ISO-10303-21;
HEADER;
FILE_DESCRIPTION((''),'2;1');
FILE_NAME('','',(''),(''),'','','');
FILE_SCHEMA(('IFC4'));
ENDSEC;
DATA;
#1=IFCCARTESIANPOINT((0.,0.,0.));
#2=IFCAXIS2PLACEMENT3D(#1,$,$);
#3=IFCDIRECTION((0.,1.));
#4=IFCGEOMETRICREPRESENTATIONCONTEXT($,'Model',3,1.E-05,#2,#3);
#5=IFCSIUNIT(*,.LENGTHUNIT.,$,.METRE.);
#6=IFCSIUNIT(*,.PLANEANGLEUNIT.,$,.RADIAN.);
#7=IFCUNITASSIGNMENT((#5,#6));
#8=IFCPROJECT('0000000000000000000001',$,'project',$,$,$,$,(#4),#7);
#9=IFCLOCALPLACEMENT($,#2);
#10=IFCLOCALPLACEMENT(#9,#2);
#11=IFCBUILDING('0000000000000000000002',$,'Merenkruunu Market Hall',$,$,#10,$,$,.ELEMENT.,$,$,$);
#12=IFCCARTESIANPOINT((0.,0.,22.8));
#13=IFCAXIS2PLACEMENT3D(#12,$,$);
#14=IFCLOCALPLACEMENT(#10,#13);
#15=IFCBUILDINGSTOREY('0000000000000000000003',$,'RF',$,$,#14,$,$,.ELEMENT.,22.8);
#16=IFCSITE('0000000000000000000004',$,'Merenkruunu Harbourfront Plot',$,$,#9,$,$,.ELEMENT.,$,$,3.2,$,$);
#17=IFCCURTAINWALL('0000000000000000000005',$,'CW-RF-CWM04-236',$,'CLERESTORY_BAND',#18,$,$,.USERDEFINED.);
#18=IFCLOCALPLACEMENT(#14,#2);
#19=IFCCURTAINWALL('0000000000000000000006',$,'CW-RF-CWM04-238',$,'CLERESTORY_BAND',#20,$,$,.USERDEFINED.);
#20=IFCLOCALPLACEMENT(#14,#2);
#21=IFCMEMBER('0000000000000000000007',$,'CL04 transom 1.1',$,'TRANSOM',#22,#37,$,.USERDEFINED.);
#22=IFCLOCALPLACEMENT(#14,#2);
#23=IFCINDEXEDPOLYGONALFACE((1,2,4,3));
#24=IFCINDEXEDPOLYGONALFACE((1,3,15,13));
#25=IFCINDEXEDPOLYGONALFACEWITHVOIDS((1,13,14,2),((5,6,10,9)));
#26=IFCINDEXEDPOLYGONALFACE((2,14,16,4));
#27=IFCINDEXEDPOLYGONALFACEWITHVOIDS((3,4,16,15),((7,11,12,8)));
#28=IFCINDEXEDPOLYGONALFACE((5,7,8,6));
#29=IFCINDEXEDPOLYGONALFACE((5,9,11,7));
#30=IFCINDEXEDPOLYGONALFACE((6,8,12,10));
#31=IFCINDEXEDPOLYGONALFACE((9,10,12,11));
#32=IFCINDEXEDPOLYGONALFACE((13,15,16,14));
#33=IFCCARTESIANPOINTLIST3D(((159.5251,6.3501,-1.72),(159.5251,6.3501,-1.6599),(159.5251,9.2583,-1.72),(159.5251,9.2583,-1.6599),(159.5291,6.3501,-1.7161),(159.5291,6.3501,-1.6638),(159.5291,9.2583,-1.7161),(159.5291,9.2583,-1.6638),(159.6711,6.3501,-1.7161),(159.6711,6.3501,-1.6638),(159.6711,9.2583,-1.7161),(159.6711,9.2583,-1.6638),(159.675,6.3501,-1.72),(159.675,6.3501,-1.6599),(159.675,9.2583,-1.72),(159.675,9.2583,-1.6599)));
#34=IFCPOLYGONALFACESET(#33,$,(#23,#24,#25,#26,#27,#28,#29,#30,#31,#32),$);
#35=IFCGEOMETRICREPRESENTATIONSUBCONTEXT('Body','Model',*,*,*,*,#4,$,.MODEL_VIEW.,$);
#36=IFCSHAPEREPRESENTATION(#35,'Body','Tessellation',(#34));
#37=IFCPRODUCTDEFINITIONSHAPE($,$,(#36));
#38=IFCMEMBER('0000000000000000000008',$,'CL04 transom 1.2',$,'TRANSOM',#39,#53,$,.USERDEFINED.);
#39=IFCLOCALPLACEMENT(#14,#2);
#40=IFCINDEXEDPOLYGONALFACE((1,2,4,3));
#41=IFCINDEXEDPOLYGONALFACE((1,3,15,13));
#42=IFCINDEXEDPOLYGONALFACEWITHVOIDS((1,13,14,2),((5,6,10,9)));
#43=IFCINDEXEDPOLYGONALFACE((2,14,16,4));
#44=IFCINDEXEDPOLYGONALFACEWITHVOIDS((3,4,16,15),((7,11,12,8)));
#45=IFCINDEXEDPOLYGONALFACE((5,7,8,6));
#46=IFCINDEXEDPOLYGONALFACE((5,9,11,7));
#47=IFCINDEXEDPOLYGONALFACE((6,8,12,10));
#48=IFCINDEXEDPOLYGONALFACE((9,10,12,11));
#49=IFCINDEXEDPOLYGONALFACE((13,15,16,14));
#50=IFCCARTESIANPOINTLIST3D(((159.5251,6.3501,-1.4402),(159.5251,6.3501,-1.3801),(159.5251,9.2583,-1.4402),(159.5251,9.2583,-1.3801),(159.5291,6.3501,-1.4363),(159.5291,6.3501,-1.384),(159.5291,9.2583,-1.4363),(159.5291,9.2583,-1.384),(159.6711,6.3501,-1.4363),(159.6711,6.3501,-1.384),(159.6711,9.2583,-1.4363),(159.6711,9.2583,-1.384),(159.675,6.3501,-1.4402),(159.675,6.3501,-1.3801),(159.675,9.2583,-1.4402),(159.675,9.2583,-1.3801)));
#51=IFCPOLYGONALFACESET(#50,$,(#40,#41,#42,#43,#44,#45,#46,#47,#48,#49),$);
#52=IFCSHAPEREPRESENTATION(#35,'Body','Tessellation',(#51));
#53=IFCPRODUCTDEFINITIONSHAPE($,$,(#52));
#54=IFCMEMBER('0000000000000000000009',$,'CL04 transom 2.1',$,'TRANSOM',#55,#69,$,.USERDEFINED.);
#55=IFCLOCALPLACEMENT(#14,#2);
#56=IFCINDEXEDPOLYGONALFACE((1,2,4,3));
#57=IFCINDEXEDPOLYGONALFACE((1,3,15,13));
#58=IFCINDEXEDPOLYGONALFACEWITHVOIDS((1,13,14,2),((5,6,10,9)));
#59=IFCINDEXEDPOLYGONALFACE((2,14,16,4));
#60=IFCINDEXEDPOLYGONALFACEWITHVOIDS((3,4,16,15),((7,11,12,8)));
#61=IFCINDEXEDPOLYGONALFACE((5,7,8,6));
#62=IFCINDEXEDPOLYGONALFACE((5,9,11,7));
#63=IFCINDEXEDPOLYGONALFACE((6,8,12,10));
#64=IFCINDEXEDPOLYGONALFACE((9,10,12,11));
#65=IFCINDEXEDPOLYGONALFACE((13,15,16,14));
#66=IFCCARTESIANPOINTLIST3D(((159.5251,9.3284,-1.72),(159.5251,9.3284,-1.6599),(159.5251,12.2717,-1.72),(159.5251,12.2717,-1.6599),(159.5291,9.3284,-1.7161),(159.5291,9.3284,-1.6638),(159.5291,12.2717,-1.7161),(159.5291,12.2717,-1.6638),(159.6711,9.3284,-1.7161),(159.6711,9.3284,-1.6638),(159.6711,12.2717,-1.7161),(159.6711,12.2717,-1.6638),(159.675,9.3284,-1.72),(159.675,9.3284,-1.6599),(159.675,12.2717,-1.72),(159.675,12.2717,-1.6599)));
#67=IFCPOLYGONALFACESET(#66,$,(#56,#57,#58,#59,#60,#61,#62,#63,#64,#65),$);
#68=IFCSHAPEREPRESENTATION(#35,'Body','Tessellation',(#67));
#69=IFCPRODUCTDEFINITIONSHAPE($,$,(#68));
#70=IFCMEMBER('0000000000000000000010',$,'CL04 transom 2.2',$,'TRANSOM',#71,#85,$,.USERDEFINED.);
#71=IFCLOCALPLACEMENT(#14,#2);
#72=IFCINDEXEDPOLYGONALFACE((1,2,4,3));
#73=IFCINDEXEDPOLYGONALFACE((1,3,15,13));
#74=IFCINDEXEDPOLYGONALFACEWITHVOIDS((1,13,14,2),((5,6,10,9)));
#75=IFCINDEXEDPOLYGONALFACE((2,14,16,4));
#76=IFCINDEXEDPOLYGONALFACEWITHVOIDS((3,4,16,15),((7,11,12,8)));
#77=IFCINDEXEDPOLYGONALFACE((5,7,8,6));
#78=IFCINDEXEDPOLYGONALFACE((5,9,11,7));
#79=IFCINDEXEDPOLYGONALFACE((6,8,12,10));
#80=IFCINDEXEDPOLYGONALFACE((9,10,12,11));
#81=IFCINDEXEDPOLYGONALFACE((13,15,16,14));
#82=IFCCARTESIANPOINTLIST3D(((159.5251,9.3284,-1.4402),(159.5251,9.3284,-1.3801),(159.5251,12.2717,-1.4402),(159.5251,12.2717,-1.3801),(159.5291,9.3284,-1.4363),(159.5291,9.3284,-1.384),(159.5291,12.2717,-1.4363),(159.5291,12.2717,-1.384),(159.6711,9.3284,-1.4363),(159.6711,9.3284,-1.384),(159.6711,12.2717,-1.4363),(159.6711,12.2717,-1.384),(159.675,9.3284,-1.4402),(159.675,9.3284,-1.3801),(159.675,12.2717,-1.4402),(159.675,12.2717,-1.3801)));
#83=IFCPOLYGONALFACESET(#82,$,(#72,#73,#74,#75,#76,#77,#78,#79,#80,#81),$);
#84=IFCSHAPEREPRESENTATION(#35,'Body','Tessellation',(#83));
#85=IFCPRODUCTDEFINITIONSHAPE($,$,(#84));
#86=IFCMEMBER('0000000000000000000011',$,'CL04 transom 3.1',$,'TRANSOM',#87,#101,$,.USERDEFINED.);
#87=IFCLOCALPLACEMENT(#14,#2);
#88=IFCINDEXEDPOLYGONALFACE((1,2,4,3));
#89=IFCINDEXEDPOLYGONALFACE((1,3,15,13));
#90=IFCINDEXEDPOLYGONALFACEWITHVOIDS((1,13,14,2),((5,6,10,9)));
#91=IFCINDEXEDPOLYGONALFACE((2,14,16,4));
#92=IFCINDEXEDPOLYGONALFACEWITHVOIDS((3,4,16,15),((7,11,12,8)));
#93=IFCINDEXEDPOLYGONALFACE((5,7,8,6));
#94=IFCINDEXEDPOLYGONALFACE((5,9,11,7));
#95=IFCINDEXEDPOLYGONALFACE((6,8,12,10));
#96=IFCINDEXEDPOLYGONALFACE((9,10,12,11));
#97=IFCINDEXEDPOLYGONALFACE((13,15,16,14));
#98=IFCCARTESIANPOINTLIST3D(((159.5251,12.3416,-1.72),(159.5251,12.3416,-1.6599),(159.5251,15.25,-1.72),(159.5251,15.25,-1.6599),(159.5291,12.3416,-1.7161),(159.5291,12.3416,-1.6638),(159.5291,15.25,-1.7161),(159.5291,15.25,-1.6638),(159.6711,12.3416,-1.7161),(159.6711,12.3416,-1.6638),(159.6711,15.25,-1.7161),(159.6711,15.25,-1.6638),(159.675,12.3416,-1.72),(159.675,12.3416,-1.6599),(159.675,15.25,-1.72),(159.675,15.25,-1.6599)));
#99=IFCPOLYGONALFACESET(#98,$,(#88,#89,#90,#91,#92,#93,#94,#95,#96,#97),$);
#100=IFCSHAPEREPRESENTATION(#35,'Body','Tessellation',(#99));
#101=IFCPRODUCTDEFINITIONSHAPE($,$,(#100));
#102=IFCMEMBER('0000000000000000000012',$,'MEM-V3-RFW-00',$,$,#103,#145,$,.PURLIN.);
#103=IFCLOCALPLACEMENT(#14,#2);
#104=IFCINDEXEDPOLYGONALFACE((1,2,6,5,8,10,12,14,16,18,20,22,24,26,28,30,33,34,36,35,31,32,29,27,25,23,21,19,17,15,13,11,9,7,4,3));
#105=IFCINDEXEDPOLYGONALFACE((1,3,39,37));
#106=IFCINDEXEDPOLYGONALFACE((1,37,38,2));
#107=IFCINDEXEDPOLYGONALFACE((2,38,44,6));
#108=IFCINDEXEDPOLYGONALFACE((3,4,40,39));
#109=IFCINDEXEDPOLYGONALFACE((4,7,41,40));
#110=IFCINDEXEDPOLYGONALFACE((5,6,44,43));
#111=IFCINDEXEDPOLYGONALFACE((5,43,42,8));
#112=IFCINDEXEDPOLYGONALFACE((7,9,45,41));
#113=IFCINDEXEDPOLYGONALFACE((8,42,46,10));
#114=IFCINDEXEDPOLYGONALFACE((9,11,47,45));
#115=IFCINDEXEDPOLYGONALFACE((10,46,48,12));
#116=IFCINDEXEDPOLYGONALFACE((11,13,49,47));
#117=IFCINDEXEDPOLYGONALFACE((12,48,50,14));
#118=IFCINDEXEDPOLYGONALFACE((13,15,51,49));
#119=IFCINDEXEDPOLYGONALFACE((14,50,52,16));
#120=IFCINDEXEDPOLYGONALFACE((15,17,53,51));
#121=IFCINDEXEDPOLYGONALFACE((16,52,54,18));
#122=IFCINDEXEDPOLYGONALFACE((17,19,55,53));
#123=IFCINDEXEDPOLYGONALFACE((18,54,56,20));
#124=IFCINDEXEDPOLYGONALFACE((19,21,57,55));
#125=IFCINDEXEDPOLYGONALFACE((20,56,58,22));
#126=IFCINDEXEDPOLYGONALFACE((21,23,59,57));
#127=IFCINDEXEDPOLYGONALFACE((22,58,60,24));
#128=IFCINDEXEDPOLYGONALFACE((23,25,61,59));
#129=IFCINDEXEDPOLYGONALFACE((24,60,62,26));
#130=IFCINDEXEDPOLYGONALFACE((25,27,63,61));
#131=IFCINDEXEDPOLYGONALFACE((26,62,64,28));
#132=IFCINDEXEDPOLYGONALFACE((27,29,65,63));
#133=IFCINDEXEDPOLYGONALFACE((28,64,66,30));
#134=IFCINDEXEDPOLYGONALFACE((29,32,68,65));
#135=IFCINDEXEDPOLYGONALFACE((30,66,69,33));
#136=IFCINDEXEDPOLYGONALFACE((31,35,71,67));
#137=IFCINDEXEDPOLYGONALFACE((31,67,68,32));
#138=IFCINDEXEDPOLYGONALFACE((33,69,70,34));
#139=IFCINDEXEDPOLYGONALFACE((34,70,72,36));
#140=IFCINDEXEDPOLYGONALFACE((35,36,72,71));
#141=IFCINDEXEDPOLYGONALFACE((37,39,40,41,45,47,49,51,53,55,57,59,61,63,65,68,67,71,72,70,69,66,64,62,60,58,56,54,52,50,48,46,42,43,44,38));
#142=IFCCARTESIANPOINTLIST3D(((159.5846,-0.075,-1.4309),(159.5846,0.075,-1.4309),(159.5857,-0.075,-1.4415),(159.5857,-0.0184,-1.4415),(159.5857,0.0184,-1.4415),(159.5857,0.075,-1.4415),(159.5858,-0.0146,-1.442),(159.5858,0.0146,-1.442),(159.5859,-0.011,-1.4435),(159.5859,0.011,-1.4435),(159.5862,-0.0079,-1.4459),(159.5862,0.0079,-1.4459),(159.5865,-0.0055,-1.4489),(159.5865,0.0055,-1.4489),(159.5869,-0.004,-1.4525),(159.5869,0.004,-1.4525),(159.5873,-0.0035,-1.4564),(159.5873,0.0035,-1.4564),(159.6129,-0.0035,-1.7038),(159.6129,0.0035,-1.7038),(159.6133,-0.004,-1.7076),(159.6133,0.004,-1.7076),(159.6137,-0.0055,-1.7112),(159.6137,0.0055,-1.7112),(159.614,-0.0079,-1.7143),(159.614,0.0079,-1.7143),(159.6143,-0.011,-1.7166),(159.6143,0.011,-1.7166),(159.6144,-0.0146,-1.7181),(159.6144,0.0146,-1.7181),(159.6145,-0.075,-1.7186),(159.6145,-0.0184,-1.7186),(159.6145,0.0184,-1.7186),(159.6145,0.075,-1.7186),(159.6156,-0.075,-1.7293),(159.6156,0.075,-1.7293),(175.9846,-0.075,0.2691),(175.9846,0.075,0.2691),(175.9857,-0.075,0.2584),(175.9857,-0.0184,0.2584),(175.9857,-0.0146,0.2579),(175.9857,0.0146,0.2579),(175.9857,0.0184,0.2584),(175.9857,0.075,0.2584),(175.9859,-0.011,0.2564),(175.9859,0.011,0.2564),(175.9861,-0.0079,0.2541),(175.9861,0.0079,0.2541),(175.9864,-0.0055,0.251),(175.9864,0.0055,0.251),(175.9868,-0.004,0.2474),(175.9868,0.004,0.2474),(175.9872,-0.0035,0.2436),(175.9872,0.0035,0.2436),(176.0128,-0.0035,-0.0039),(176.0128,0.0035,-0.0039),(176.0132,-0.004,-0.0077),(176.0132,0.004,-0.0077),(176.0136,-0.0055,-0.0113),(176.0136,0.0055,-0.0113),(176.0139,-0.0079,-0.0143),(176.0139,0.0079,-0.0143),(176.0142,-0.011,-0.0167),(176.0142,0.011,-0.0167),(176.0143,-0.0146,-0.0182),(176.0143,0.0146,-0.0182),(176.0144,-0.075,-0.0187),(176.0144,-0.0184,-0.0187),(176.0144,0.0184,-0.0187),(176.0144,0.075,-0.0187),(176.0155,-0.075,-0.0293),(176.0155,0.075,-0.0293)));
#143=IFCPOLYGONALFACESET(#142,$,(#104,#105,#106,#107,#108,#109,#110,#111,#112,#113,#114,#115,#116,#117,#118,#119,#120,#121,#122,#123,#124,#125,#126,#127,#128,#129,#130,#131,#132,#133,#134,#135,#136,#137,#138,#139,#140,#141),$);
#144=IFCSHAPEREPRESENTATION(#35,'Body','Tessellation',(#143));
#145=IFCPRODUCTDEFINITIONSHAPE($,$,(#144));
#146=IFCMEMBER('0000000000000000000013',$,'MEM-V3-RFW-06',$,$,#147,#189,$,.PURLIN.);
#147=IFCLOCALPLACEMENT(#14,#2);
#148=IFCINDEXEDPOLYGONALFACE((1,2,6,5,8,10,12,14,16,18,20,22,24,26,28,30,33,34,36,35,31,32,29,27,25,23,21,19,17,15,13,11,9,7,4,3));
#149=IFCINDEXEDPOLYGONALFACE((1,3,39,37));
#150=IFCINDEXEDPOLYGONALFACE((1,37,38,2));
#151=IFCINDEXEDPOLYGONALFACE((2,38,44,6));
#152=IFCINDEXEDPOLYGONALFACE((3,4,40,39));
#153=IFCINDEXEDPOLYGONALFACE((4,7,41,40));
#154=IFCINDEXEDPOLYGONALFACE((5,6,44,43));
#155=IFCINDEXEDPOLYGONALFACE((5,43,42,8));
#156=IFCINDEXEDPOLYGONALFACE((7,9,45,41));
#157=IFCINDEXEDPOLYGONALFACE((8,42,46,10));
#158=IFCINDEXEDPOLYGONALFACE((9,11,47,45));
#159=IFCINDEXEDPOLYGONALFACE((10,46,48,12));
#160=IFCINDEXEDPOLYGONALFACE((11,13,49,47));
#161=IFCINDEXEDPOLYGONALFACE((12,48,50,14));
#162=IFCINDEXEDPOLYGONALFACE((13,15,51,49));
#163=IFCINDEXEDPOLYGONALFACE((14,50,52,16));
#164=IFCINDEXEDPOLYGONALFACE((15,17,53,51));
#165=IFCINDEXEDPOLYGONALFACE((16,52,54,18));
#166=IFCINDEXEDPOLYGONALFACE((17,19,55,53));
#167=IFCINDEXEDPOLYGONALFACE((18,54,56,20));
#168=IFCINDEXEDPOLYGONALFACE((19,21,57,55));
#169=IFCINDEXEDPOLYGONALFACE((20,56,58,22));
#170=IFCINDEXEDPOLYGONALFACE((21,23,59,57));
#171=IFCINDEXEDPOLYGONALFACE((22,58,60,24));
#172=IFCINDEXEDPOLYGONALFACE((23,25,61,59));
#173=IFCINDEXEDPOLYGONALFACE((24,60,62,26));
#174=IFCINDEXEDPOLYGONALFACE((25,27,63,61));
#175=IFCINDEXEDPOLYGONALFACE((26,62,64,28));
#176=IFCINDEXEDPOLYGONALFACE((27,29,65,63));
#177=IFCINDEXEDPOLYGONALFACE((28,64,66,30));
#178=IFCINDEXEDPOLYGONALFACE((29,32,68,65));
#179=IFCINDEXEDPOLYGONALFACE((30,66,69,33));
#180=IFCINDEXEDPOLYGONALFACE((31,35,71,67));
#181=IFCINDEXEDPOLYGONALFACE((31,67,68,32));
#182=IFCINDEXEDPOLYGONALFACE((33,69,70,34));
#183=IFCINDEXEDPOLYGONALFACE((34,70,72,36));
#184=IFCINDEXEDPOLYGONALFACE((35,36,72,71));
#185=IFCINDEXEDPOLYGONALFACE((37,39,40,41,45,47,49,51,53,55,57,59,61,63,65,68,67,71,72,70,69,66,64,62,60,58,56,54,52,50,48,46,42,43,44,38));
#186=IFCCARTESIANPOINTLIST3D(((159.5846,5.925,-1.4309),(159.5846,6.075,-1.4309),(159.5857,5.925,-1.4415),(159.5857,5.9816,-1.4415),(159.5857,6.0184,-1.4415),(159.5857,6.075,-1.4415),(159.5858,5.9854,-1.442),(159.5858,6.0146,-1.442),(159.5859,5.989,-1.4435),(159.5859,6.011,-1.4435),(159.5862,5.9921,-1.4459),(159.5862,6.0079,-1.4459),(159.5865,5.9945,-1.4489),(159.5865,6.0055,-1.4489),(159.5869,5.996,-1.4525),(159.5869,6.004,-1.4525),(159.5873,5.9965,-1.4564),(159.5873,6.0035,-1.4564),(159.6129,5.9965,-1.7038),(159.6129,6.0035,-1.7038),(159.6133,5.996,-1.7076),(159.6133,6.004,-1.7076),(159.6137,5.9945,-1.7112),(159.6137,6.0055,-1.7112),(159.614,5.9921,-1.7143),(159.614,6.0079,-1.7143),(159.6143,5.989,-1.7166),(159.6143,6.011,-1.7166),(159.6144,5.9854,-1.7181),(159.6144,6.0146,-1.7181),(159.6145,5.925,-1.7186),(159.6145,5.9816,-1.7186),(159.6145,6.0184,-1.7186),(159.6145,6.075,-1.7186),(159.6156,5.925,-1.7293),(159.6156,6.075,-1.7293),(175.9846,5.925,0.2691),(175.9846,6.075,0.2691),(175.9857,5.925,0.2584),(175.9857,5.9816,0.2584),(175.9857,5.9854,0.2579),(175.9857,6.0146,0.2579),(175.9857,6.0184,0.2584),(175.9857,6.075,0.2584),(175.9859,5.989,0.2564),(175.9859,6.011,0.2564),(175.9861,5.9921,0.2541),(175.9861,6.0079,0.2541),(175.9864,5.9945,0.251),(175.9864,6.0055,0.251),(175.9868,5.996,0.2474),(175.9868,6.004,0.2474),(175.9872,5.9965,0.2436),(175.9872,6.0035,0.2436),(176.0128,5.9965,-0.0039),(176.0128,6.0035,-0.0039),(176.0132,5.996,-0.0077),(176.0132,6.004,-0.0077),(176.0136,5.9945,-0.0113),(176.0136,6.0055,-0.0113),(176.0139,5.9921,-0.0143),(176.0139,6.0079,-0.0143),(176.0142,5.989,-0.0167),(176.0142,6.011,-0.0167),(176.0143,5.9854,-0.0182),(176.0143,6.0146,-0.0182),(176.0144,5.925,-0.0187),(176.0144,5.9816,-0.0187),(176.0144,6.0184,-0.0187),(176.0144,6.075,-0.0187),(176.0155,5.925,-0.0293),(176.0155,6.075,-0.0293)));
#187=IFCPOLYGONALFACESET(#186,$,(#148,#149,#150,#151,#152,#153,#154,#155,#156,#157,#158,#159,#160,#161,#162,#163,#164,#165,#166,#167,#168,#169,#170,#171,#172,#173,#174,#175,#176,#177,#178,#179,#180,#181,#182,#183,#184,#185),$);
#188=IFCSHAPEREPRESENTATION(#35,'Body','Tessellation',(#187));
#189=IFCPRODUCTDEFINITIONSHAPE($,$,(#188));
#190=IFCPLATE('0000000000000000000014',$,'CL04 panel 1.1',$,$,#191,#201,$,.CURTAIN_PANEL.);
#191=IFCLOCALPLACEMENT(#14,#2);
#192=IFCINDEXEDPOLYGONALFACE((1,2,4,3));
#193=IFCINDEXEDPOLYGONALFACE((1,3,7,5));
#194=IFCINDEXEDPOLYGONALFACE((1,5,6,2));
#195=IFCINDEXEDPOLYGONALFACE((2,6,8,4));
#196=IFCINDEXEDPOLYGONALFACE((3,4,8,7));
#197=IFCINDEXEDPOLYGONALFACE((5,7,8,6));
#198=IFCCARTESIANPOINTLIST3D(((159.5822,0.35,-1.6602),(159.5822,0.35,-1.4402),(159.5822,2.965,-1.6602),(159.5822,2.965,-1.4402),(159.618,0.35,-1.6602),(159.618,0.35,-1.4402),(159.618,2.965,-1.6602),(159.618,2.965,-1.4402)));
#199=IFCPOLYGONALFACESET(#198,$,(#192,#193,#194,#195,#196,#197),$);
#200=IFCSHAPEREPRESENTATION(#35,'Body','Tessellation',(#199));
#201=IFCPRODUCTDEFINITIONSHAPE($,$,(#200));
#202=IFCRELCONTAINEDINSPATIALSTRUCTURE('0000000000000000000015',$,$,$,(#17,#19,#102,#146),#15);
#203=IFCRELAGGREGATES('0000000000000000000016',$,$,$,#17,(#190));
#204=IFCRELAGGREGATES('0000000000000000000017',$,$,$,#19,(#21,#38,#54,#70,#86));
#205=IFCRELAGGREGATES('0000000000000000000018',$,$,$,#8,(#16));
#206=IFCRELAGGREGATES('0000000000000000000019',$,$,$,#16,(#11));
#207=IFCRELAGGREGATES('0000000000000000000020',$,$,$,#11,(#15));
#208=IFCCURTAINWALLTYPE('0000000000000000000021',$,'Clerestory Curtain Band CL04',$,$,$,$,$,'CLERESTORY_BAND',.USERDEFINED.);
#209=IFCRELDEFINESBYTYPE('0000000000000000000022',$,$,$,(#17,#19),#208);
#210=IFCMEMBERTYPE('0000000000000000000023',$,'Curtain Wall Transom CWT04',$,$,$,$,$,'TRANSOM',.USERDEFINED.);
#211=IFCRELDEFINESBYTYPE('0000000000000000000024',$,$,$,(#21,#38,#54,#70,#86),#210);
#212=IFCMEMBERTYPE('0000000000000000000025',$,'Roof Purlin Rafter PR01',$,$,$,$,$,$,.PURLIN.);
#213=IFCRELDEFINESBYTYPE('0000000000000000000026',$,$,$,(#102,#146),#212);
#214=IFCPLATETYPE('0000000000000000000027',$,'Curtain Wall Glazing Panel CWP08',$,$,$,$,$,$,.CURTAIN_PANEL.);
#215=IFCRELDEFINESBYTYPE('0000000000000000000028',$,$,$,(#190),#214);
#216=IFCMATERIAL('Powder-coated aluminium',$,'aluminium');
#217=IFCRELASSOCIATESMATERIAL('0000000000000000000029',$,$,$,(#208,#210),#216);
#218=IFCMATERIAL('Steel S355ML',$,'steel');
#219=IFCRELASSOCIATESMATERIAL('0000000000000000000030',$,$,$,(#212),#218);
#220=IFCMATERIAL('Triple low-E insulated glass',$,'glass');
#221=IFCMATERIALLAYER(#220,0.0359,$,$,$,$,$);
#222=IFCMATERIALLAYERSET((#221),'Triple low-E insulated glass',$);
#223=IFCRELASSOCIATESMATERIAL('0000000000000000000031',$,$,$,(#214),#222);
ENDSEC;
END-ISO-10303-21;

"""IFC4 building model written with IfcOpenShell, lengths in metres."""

from ifc_helpers import new_model, si_unit, direction, frame, origin, origin_2d, place, context, subcontext, project, spatial, rectangle, hollow_rectangle, i_section, extrude, material, layer, layer_set, material_profile, profile_set, type_object, element, aggregate, save


model = new_model("IFC4")

# Units and contexts
model_context = context("Model", 3, precision=1e-05, world=origin(), true_north=direction((0.0, 1.0)))
body_context = subcontext(model_context, "Body", "Model", "MODEL_VIEW")
ifc_project = project(units=[si_unit("LENGTHUNIT", "METRE"), si_unit("PLANEANGLEUNIT", "RADIAN")], contexts=[model_context])

# Site, building, storey
site_placement = place(None, origin())
site = spatial("IfcSite", under=ifc_project, at=site_placement, Name="Merenkruunu Harbourfront Plot", CompositionType="ELEMENT", RefElevation=3.2)
building_placement = place(site_placement, origin())
building = spatial("IfcBuilding", under=site, at=building_placement, Name="Merenkruunu Market Hall", CompositionType="ELEMENT")
storey_placement = place(building_placement, frame((0.0, 0.0, 22.8)))
storey = spatial("IfcBuildingStorey", under=building, at=storey_placement, Name="RF", CompositionType="ELEMENT", Elevation=22.8)

# Curtain walls
ifc_material_1 = material(Name="Powder-coated aluminium", Category="aluminium")
curtain_wall_type_1 = type_object("IfcCurtainWallType", Name="Clerestory Curtain Band CL04", ElementType="CLERESTORY_BAND", PredefinedType="USERDEFINED", material=ifc_material_1)
curtain_wall_1_placement = place(storey_placement, origin())
curtain_wall_1 = element("IfcCurtainWall", 1, at=curtain_wall_1_placement, inside=storey, type_object=curtain_wall_type_1, Name="CW-RF-CWM04-236", ObjectType="CLERESTORY_BAND", PredefinedType="USERDEFINED")
curtain_wall_2_placement = place(storey_placement, origin())
curtain_wall_2 = element("IfcCurtainWall", 2, at=curtain_wall_2_placement, inside=storey, type_object=curtain_wall_type_1, Name="CW-RF-CWM04-238", ObjectType="CLERESTORY_BAND", PredefinedType="USERDEFINED")

# Members
ifc_material_profile_1 = material_profile(ifc_material_1, hollow_rectangle(XDim=0.0601, YDim=0.1499, WallThickness=0.0039, at=origin_2d()), Name="ALU 60x150x4")
ifc_profile_set_1 = profile_set([ifc_material_profile_1], Name="Powder-coated aluminium")
member_type_1 = type_object("IfcMemberType", Name="Curtain Wall Transom CWT04", ElementType="TRANSOM", PredefinedType="USERDEFINED", material=ifc_profile_set_1)
member_1_placement = place(storey_placement, frame((159.6001, 6.3501, -1.6899), z_axis=(0.0, 1.0, 0.0), x_axis=(0.0, 0.0, 1.0)))
member_1 = element("IfcMember", 3, at=member_1_placement, type_object=member_type_1, Name="CL04 transom 1.1", ObjectType="TRANSOM", PredefinedType="USERDEFINED", context=body_context, shape_type="SweptSolid", body=[
    extrude(hollow_rectangle(XDim=0.0601, YDim=0.1499, WallThickness=0.0039, at=origin_2d()), origin(), (0.0, 0.0, 1.0), 2.9082),
])
member_2_placement = place(storey_placement, frame((159.6001, 6.3501, -1.4102), z_axis=(0.0, 1.0, 0.0), x_axis=(0.0, 0.0, 1.0)))
member_2 = element("IfcMember", 4, at=member_2_placement, type_object=member_type_1, Name="CL04 transom 1.2", ObjectType="TRANSOM", PredefinedType="USERDEFINED", context=body_context, shape_type="SweptSolid", body=[
    extrude(hollow_rectangle(XDim=0.0601, YDim=0.1499, WallThickness=0.0039, at=origin_2d()), origin(), (0.0, 0.0, 1.0), 2.9082),
])
member_3_placement = place(storey_placement, frame((159.6001, 9.3284, -1.6899), z_axis=(0.0, 1.0, 0.0), x_axis=(0.0, 0.0, 1.0)))
member_3 = element("IfcMember", 5, at=member_3_placement, type_object=member_type_1, Name="CL04 transom 2.1", ObjectType="TRANSOM", PredefinedType="USERDEFINED", context=body_context, shape_type="SweptSolid", body=[
    extrude(hollow_rectangle(XDim=0.0601, YDim=0.1499, WallThickness=0.0039, at=origin_2d()), origin(), (0.0, 0.0, 1.0), 2.9434),
])
member_4_placement = place(storey_placement, frame((159.6001, 9.3284, -1.4102), z_axis=(0.0, 1.0, 0.0), x_axis=(0.0, 0.0, 1.0)))
member_4 = element("IfcMember", 6, at=member_4_placement, type_object=member_type_1, Name="CL04 transom 2.2", ObjectType="TRANSOM", PredefinedType="USERDEFINED", context=body_context, shape_type="SweptSolid", body=[
    extrude(hollow_rectangle(XDim=0.0601, YDim=0.1499, WallThickness=0.0039, at=origin_2d()), origin(), (0.0, 0.0, 1.0), 2.9434),
])
member_5_placement = place(storey_placement, frame((159.6001, 12.3416, -1.6899), z_axis=(0.0, 1.0, 0.0), x_axis=(0.0, 0.0, 1.0)))
member_5 = element("IfcMember", 7, at=member_5_placement, type_object=member_type_1, Name="CL04 transom 3.1", ObjectType="TRANSOM", PredefinedType="USERDEFINED", context=body_context, shape_type="SweptSolid", body=[
    extrude(hollow_rectangle(XDim=0.0601, YDim=0.1499, WallThickness=0.0039, at=origin_2d()), origin(), (0.0, 0.0, 1.0), 2.9084),
])

# Members
ifc_material_2 = material(Name="Steel S355ML", Category="steel")
ifc_material_profile_2 = material_profile(ifc_material_2, i_section(OverallWidth=0.1499, OverallDepth=0.3, WebThickness=0.0071, FlangeThickness=0.0107, FilletRadius=0.0149, at=origin_2d()), Name="IPE 300")
ifc_profile_set_2 = profile_set([ifc_material_profile_2], Name="Steel S355ML")
member_type_2 = type_object("IfcMemberType", Name="Roof Purlin Rafter PR01", PredefinedType="PURLIN", material=ifc_profile_set_2)
for number, where, z_axis, x_axis, name in (
    (8, (159.6001, 0.0, -1.5801), (0.994671, 0.0, 0.103104), (0.0, 1.0, 0.0), "MEM-V3-RFW-00"),
    (9, (159.6001, 6.0, -1.5801), (0.994671, 0.0, 0.103104), (0.0, 1.0, 0.0), "MEM-V3-RFW-06"),
):
    element("IfcMember", number, at=place(storey_placement, frame(where, z_axis=z_axis, x_axis=x_axis)), inside=storey, type_object=member_type_2, Name=name, PredefinedType="PURLIN", context=body_context, shape_type="SweptSolid", body=[
        extrude(i_section(OverallWidth=0.1499, OverallDepth=0.3, WebThickness=0.0071, FlangeThickness=0.0107, FilletRadius=0.0149, at=origin_2d()), origin(), (0.0, 0.0, 1.0), 16.4878),
    ])

# Plate
ifc_material_3 = material(Name="Triple low-E insulated glass", Category="glass")
ifc_layer_1 = layer(ifc_material_3, 0.0359)
ifc_layer_set_1 = layer_set([ifc_layer_1], Name="Triple low-E insulated glass")
plate_type = type_object("IfcPlateType", Name="Curtain Wall Glazing Panel CWP08", PredefinedType="CURTAIN_PANEL", material=ifc_layer_set_1)
plate_1_placement = place(storey_placement, frame((159.6001, 1.6575, -1.6602), z_axis=(0.0, 0.0, 1.0), x_axis=(0.0, 1.0, 0.0)))
plate_1 = element("IfcPlate", 10, at=plate_1_placement, type_object=plate_type, Name="CL04 panel 1.1", PredefinedType="CURTAIN_PANEL", context=body_context, shape_type="SweptSolid", body=[
    extrude(rectangle(XDim=2.615, YDim=0.0359, at=origin_2d()), origin(), (0.0, 0.0, 1.0), 0.22),
])
aggregate(curtain_wall_1, [plate_1])
aggregate(curtain_wall_2, [member_1, member_2, member_3, member_4, member_5])

save(model, "model.ifc")
